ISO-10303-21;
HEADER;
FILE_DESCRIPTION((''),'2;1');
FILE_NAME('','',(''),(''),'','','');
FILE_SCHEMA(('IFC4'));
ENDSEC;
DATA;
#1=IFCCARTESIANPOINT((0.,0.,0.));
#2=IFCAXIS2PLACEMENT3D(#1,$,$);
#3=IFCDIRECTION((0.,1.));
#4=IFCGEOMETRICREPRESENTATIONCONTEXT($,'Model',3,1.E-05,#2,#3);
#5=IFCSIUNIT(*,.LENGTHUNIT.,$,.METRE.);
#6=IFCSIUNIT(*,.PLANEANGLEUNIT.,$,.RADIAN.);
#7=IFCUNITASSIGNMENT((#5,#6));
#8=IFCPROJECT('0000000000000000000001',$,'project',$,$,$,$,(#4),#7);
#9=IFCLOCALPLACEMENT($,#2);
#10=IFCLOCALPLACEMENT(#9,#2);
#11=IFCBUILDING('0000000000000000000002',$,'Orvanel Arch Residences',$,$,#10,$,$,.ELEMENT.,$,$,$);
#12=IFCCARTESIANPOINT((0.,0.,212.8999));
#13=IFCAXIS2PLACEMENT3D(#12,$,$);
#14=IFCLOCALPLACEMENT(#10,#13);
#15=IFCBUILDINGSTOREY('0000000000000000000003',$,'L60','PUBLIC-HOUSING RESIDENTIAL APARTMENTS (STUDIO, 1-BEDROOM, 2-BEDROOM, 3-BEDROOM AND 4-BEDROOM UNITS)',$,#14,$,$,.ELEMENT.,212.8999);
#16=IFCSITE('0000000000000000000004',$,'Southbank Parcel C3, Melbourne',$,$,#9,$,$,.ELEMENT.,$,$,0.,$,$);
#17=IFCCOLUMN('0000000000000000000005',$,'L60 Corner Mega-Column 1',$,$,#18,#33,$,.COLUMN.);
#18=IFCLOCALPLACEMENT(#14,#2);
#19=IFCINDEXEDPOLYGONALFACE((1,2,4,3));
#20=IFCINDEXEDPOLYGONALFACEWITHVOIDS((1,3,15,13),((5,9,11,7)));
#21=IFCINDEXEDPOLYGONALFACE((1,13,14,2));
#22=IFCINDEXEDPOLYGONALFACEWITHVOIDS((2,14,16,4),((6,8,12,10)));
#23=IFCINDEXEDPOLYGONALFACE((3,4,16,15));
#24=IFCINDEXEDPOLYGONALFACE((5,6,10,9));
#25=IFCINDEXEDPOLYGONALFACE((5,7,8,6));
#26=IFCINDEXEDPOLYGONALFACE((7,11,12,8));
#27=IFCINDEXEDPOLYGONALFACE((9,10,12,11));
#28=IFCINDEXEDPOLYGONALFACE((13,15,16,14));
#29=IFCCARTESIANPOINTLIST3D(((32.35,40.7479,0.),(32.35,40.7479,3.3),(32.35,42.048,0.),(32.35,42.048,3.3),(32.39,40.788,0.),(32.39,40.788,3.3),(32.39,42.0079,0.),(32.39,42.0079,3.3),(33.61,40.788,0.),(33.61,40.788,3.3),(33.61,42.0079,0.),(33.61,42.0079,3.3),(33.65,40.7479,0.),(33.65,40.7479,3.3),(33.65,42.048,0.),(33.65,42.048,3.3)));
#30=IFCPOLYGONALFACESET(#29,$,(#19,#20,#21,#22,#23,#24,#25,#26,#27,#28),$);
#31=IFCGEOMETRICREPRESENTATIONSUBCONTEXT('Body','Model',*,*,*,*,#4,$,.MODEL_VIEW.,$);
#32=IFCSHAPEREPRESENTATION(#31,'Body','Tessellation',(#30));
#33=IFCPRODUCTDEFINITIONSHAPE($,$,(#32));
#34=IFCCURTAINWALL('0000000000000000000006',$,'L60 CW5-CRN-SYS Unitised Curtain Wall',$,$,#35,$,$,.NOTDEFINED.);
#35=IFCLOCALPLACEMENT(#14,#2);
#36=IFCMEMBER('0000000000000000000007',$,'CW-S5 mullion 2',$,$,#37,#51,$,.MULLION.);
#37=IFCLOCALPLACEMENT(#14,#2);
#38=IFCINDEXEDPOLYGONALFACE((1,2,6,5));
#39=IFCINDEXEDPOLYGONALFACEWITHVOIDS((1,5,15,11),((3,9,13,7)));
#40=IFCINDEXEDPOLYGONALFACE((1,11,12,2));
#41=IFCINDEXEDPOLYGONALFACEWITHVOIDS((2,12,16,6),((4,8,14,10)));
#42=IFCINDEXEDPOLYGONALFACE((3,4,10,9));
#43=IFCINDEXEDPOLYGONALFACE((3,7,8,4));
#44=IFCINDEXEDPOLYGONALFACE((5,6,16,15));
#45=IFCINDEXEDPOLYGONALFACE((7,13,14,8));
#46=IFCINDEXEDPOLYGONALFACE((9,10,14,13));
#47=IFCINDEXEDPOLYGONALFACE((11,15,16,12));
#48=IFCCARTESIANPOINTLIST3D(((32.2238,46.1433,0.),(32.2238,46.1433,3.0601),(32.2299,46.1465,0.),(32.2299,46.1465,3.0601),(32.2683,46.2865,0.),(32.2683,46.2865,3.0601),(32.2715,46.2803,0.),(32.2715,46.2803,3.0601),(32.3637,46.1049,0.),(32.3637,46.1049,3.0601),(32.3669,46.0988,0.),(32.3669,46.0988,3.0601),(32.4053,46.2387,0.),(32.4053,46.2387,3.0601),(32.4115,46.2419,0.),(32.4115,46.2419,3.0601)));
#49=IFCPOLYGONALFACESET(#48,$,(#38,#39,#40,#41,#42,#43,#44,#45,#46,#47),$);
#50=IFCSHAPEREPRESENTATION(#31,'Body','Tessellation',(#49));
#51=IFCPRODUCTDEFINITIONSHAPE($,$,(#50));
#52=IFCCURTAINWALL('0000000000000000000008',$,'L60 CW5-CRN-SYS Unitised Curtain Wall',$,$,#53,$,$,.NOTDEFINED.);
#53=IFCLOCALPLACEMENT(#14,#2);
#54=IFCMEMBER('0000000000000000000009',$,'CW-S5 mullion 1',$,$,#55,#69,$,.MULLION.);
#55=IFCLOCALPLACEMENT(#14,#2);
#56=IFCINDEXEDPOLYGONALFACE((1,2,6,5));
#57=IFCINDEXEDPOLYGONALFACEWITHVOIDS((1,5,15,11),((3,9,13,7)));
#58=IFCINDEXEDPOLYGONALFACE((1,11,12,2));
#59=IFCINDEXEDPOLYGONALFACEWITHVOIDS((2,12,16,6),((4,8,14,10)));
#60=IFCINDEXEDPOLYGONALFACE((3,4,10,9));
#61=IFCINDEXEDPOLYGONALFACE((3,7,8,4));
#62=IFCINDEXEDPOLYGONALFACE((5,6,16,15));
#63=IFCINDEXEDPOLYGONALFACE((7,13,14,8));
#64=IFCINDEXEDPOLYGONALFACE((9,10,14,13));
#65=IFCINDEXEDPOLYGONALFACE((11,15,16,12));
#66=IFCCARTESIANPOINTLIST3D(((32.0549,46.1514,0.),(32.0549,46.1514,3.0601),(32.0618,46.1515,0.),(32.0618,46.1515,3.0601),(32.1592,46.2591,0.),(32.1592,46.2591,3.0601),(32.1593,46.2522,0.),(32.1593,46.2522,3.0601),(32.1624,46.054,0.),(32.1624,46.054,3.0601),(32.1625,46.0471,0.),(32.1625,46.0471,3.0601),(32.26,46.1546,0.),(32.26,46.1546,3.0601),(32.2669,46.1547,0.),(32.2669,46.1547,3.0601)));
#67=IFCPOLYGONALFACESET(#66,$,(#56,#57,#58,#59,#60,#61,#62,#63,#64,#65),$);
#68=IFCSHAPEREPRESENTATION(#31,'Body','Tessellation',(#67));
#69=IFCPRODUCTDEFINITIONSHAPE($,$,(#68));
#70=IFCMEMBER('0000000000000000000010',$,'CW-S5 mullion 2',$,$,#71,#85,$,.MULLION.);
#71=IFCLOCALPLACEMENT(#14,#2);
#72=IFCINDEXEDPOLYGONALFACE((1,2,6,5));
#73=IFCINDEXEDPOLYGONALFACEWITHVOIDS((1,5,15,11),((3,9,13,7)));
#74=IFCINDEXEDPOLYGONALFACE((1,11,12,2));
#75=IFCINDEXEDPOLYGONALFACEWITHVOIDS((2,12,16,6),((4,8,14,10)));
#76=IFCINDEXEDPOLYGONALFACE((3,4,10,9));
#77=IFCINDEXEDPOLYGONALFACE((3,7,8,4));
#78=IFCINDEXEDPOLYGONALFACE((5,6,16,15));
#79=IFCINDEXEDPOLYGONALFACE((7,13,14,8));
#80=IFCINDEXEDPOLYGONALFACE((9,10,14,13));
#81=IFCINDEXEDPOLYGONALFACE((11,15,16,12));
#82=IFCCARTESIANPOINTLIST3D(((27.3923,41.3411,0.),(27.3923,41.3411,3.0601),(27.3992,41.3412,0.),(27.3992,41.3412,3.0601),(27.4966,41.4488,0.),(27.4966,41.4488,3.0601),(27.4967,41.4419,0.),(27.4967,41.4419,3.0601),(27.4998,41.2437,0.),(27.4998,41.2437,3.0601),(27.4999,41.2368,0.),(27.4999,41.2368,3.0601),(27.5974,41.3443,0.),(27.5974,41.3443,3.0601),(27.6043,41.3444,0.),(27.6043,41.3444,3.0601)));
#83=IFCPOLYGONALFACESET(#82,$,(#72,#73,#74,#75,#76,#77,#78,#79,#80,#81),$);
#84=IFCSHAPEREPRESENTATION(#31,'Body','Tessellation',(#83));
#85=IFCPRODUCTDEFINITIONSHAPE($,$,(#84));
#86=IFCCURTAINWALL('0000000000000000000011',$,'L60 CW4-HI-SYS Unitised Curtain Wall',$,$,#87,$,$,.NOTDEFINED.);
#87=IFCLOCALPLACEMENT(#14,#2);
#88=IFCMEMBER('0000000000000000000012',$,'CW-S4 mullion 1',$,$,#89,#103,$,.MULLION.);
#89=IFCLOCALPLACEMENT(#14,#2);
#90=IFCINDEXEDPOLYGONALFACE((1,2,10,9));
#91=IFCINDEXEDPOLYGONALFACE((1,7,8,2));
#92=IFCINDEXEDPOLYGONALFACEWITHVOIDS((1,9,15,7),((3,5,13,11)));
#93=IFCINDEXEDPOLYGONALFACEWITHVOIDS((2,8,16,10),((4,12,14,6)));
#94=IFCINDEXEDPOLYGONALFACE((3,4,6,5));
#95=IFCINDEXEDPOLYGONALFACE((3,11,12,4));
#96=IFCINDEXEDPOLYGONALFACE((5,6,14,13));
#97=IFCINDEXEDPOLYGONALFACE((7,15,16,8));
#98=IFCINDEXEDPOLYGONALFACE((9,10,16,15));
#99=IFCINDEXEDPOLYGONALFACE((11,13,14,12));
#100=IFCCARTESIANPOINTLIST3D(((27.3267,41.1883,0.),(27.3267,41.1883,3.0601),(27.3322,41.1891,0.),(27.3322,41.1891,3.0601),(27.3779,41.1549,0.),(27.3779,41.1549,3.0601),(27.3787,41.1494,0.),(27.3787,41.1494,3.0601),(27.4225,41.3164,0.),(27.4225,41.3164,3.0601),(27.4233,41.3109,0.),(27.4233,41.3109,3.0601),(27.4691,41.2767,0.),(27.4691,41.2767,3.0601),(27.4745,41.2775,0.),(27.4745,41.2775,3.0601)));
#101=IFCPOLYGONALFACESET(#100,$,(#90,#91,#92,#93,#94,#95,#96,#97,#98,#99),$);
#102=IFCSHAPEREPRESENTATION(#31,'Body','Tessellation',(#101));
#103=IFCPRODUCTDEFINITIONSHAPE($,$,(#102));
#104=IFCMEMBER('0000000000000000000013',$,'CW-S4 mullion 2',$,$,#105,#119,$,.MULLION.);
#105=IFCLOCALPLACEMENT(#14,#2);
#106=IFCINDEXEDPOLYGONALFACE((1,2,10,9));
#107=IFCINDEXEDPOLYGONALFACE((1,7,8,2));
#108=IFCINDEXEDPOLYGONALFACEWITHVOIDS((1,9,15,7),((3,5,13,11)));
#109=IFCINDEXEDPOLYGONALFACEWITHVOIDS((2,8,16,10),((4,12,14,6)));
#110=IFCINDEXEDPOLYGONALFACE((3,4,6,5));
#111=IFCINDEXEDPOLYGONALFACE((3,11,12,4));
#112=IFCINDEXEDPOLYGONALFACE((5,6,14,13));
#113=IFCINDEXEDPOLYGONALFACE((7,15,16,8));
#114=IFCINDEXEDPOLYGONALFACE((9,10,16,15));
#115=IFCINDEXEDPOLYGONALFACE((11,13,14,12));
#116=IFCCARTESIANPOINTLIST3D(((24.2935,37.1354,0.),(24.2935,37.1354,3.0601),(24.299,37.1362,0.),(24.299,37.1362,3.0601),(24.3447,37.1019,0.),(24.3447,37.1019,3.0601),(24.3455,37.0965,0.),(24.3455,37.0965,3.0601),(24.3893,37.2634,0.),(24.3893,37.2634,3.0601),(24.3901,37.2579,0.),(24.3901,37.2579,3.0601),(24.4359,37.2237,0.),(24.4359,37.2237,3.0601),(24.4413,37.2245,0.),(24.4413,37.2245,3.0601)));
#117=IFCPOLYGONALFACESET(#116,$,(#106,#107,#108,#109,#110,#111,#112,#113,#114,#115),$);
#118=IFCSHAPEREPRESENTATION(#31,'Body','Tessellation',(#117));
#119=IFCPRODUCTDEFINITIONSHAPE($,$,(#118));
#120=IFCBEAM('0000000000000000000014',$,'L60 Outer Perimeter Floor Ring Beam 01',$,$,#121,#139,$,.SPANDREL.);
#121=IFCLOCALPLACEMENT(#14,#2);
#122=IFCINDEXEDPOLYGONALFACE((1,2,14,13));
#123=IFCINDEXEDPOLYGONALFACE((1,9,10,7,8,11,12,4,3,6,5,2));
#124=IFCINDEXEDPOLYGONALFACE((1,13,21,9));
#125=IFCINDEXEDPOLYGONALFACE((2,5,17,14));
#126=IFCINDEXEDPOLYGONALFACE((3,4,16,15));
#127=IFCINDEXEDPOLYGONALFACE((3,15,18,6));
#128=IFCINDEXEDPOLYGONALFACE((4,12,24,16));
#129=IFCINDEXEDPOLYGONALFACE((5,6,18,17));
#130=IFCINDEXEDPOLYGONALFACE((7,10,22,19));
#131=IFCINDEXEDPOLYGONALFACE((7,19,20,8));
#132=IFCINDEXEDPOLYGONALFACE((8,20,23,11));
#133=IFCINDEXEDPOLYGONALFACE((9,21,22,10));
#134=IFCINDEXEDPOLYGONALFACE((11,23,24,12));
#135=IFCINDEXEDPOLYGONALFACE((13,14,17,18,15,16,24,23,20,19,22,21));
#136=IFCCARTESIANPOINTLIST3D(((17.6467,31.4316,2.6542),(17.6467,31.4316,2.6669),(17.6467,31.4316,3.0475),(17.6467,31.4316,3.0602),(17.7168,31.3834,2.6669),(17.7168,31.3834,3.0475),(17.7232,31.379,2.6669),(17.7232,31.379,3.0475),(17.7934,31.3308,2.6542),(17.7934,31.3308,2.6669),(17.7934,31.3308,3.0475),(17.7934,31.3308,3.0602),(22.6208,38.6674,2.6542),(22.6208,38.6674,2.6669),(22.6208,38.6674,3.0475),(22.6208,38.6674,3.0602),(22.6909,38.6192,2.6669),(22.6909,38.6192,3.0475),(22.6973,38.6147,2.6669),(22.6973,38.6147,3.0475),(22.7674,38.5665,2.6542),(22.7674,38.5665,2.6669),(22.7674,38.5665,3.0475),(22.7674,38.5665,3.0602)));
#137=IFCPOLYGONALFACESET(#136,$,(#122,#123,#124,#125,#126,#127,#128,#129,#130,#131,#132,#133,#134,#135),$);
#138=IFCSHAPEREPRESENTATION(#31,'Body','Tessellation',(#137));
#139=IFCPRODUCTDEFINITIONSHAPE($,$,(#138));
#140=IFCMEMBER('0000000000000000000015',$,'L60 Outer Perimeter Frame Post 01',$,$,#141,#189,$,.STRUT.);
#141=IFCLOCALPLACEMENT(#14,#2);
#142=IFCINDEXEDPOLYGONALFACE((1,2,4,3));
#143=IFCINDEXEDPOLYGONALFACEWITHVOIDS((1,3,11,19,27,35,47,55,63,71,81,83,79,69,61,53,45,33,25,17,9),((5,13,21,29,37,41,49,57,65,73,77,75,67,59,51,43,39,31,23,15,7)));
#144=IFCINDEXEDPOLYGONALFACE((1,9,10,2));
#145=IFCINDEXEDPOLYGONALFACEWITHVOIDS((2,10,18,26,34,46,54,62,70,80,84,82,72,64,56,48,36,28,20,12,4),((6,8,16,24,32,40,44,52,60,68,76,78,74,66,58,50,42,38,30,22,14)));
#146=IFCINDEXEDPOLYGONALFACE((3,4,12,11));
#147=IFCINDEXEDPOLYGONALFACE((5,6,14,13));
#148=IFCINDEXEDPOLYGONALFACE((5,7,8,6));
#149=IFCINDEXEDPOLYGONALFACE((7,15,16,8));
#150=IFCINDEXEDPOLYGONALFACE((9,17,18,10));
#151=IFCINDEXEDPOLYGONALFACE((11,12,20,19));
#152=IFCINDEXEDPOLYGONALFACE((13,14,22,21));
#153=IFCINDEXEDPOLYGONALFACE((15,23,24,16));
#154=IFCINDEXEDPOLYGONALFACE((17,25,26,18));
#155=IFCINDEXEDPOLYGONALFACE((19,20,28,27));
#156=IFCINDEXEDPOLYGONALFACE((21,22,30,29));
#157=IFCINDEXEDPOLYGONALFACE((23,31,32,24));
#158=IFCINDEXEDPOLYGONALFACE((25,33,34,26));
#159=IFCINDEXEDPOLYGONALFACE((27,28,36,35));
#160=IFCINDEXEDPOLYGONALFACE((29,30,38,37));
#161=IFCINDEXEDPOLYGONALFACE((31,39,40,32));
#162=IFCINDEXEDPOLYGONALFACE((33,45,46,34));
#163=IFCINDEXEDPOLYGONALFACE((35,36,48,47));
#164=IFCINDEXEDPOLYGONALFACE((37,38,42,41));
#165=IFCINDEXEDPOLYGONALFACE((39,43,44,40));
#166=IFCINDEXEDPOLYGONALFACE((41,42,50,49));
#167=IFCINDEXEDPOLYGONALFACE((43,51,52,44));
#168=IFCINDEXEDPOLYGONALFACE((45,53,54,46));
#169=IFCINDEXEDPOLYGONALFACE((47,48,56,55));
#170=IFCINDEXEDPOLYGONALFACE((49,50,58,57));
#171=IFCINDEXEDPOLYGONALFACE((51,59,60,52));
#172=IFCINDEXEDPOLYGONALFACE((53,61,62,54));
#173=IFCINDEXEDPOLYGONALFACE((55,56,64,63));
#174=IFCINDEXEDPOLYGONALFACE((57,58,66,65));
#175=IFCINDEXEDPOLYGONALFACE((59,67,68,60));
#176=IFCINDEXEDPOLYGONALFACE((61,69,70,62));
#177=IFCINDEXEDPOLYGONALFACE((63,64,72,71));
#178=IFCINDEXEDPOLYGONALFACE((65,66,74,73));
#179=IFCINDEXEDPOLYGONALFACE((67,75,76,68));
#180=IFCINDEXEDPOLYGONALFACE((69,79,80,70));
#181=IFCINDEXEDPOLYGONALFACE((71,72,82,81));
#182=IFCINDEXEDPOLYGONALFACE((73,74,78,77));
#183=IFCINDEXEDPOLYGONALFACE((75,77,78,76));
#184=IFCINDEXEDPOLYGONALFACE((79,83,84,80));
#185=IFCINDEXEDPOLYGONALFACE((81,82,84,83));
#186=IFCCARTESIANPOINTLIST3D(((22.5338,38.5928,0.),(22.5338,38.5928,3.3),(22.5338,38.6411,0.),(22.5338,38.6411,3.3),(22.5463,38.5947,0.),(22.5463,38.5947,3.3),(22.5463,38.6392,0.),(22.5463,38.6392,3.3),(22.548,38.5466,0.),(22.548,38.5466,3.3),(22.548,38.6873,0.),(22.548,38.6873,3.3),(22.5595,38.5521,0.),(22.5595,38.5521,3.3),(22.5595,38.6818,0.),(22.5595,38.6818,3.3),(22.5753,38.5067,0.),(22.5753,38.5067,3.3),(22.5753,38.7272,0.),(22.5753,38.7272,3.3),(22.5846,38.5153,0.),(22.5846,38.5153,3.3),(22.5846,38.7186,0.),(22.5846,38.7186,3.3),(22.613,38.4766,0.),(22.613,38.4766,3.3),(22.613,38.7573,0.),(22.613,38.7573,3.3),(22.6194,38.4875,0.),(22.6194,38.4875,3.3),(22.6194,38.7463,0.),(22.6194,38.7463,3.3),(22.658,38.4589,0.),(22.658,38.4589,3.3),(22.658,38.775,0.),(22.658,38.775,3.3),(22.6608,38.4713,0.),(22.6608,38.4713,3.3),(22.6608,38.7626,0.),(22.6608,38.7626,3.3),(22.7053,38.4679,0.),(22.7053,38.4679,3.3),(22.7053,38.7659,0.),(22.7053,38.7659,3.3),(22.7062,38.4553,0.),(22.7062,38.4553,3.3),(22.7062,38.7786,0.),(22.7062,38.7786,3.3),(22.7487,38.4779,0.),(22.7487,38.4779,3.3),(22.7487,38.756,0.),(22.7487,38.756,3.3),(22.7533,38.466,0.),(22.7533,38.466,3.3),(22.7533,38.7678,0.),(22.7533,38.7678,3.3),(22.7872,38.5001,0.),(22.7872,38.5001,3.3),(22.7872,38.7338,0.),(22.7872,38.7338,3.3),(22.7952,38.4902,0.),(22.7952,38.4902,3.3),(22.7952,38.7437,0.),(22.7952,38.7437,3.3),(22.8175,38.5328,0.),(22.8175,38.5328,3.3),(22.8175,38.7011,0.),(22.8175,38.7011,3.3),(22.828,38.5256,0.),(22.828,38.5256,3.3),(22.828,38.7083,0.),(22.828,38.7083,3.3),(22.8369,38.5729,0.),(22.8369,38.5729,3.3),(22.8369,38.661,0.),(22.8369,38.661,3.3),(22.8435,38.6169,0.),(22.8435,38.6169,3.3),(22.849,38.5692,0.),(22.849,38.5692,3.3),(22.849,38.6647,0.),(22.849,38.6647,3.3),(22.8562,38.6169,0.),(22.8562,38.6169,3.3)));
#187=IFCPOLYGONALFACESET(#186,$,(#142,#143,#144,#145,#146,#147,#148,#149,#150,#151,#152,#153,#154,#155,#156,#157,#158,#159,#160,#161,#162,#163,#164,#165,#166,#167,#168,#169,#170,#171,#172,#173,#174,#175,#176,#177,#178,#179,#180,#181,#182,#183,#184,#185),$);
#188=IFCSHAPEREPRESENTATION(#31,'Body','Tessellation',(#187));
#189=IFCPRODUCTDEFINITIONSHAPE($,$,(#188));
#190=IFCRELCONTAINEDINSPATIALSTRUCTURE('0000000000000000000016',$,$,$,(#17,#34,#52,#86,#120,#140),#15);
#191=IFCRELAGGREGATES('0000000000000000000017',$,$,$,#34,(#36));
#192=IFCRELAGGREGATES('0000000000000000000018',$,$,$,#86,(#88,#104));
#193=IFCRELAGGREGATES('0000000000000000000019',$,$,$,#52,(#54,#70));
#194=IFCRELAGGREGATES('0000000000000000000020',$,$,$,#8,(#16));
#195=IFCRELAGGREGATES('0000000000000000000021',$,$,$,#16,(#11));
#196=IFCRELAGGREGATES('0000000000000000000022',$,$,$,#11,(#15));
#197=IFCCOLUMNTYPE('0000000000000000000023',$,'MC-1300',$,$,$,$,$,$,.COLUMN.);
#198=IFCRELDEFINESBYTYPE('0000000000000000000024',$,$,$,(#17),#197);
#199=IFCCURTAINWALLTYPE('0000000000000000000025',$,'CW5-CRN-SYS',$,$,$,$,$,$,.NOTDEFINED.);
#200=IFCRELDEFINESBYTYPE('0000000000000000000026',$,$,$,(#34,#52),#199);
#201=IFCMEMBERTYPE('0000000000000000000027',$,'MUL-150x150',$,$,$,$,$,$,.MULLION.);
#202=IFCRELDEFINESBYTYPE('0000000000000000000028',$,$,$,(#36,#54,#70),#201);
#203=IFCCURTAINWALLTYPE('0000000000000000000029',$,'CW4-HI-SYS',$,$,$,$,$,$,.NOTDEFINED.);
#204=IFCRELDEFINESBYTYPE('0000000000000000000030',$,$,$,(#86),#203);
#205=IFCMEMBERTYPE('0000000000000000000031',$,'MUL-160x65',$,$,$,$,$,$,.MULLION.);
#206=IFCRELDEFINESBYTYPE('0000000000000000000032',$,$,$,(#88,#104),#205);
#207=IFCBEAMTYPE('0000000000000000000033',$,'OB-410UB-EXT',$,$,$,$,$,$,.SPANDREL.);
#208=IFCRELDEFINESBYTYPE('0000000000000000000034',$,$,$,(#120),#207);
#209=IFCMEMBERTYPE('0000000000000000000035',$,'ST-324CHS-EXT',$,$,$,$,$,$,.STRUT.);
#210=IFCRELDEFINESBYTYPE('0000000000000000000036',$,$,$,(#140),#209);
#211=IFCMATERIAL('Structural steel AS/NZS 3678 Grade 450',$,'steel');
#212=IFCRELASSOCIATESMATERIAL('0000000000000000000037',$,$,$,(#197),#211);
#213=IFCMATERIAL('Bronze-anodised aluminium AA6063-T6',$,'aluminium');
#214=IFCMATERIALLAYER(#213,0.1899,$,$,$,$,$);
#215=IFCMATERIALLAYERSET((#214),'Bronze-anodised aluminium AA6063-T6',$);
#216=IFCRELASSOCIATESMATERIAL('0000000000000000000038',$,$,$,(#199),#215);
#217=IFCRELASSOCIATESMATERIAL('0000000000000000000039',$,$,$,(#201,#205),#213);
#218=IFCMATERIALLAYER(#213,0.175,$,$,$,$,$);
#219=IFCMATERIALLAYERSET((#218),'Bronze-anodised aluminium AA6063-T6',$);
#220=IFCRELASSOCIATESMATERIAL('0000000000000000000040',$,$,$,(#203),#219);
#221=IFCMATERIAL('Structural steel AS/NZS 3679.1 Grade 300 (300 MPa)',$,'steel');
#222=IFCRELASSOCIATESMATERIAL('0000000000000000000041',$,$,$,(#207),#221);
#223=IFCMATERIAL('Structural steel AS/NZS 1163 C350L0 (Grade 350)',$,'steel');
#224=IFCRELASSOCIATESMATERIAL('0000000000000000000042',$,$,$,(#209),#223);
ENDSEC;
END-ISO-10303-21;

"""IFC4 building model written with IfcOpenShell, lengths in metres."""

from ifc_helpers import new_model, si_unit, direction, frame, origin, origin_2d, place, context, subcontext, project, spatial, hollow_rectangle, hollow_circle, i_section, extrude, material, layer, layer_set, material_profile, profile_set, type_object, element, aggregate, save


model = new_model("IFC4")

# Units and contexts
model_context = context("Model", 3, precision=1e-05, world=origin(), true_north=direction((0.0, 1.0)))
body_context = subcontext(model_context, "Body", "Model", "MODEL_VIEW")
ifc_project = project(units=[si_unit("LENGTHUNIT", "METRE"), si_unit("PLANEANGLEUNIT", "RADIAN")], contexts=[model_context])

# Site, building, storey
site_placement = place(None, origin())
site = spatial("IfcSite", under=ifc_project, at=site_placement, Name="Southbank Parcel C3, Melbourne", CompositionType="ELEMENT", RefElevation=0.0)
building_placement = place(site_placement, origin())
building = spatial("IfcBuilding", under=site, at=building_placement, Name="Orvanel Arch Residences", CompositionType="ELEMENT")
storey_placement = place(building_placement, frame((0.0, 0.0, 212.8999)))
storey = spatial("IfcBuildingStorey", under=building, at=storey_placement, Name="L60", Description="PUBLIC-HOUSING RESIDENTIAL APARTMENTS (STUDIO, 1-BEDROOM, 2-BEDROOM, 3-BEDROOM AND 4-BEDROOM UNITS)", CompositionType="ELEMENT", Elevation=212.8999)

# Column
ifc_material_1 = material(Name="Structural steel AS/NZS 3678 Grade 450", Category="steel")
ifc_material_profile_1 = material_profile(ifc_material_1, hollow_rectangle(XDim=1.3, YDim=1.3, WallThickness=0.04, at=origin_2d()), Name="BOX1300x1300x40")
ifc_profile_set_1 = profile_set([ifc_material_profile_1], Name="Structural steel AS/NZS 3678 Grade 450")
column_type = type_object("IfcColumnType", Name="MC-1300", PredefinedType="COLUMN", material=ifc_profile_set_1)
column_placement = place(storey_placement, frame((33.0, 41.3979, 0.0), z_axis=(0.0, 0.0, 1.0), x_axis=(1.0, 0.0, 0.0)))
element("IfcColumn", 1, at=column_placement, inside=storey, type_object=column_type, Name="L60 Corner Mega-Column 1", PredefinedType="COLUMN", context=body_context, shape_type="SweptSolid", body=[
    extrude(hollow_rectangle(XDim=1.3, YDim=1.3, WallThickness=0.04, at=origin_2d()), origin(), (0.0, 0.0, 1.0), 3.3),
])

# Curtain wall, member
ifc_material_2 = material(Name="Bronze-anodised aluminium AA6063-T6", Category="aluminium")
ifc_layer_1 = layer(ifc_material_2, 0.1899)
ifc_layer_set_1 = layer_set([ifc_layer_1], Name="Bronze-anodised aluminium AA6063-T6")
curtain_wall_type_1 = type_object("IfcCurtainWallType", Name="CW5-CRN-SYS", PredefinedType="NOTDEFINED", material=ifc_layer_set_1)
curtain_wall_1_placement = place(storey_placement, origin())
curtain_wall_1 = element("IfcCurtainWall", 2, at=curtain_wall_1_placement, inside=storey, type_object=curtain_wall_type_1, Name="L60 CW5-CRN-SYS Unitised Curtain Wall", PredefinedType="NOTDEFINED")
ifc_material_profile_2 = material_profile(ifc_material_2, hollow_rectangle(XDim=0.1499, YDim=0.1499, WallThickness=0.0049, at=origin_2d()), Name="ALU150x150x5")
ifc_profile_set_2 = profile_set([ifc_material_profile_2], Name="Bronze-anodised aluminium AA6063-T6")
member_type_1 = type_object("IfcMemberType", Name="MUL-150x150", PredefinedType="MULLION", material=ifc_profile_set_2)
member_1_placement = place(storey_placement, frame((32.3176, 46.1926, 0.0), z_axis=(0.0, 0.0, 1.0), x_axis=(-0.297117, -0.954841, 0.0)))
member_1 = element("IfcMember", 3, at=member_1_placement, type_object=member_type_1, Name="CW-S5 mullion 2", PredefinedType="MULLION", context=body_context, shape_type="SweptSolid", body=[
    extrude(hollow_rectangle(XDim=0.1499, YDim=0.1499, WallThickness=0.0049, at=origin_2d()), origin(), (0.0, 0.0, 1.0), 3.0601),
])
aggregate(curtain_wall_1, [member_1])

# Curtain walls, members
curtain_wall_2_placement = place(storey_placement, origin())
curtain_wall_2 = element("IfcCurtainWall", 4, at=curtain_wall_2_placement, inside=storey, type_object=curtain_wall_type_1, Name="L60 CW5-CRN-SYS Unitised Curtain Wall", PredefinedType="NOTDEFINED")
member_2_placement = place(storey_placement, frame((32.1609, 46.1531, 0.0), z_axis=(0.0, 0.0, 1.0), x_axis=(0.718044, -0.695998, 0.0)))
member_2 = element("IfcMember", 5, at=member_2_placement, type_object=member_type_1, Name="CW-S5 mullion 1", PredefinedType="MULLION", context=body_context, shape_type="SweptSolid", body=[
    extrude(hollow_rectangle(XDim=0.1499, YDim=0.1499, WallThickness=0.0049, at=origin_2d()), origin(), (0.0, 0.0, 1.0), 3.0601),
])
member_3_placement = place(storey_placement, frame((27.4983, 41.3428, 0.0), z_axis=(0.0, 0.0, 1.0), x_axis=(0.718044, -0.695998, 0.0)))
member_3 = element("IfcMember", 6, at=member_3_placement, type_object=member_type_1, Name="CW-S5 mullion 2", PredefinedType="MULLION", context=body_context, shape_type="SweptSolid", body=[
    extrude(hollow_rectangle(XDim=0.1499, YDim=0.1499, WallThickness=0.0049, at=origin_2d()), origin(), (0.0, 0.0, 1.0), 3.0601),
])
ifc_layer_2 = layer(ifc_material_2, 0.175)
ifc_layer_set_2 = layer_set([ifc_layer_2], Name="Bronze-anodised aluminium AA6063-T6")
curtain_wall_type_2 = type_object("IfcCurtainWallType", Name="CW4-HI-SYS", PredefinedType="NOTDEFINED", material=ifc_layer_set_2)
curtain_wall_3_placement = place(storey_placement, origin())
curtain_wall_3 = element("IfcCurtainWall", 7, at=curtain_wall_3_placement, inside=storey, type_object=curtain_wall_type_2, Name="L60 CW4-HI-SYS Unitised Curtain Wall", PredefinedType="NOTDEFINED")
ifc_material_profile_3 = material_profile(ifc_material_2, hollow_rectangle(XDim=0.0649, YDim=0.1599, WallThickness=0.0039, at=origin_2d()), Name="ALU160x65x4")
ifc_profile_set_3 = profile_set([ifc_material_profile_3], Name="Bronze-anodised aluminium AA6063-T6")
member_type_2 = type_object("IfcMemberType", Name="MUL-160x65", PredefinedType="MULLION", material=ifc_profile_set_3)
member_4_placement = place(storey_placement, frame((27.4006, 41.2329, 0.0), z_axis=(0.0, 0.0, 1.0), x_axis=(0.800636, -0.599152, 0.0)))
member_4 = element("IfcMember", 8, at=member_4_placement, type_object=member_type_2, Name="CW-S4 mullion 1", PredefinedType="MULLION", context=body_context, shape_type="SweptSolid", body=[
    extrude(hollow_rectangle(XDim=0.0649, YDim=0.1599, WallThickness=0.0039, at=origin_2d()), origin(), (0.0, 0.0, 1.0), 3.0601),
])
member_5_placement = place(storey_placement, frame((24.3674, 37.1799, 0.0), z_axis=(0.0, 0.0, 1.0), x_axis=(0.800636, -0.599152, 0.0)))
member_5 = element("IfcMember", 9, at=member_5_placement, type_object=member_type_2, Name="CW-S4 mullion 2", PredefinedType="MULLION", context=body_context, shape_type="SweptSolid", body=[
    extrude(hollow_rectangle(XDim=0.0649, YDim=0.1599, WallThickness=0.0039, at=origin_2d()), origin(), (0.0, 0.0, 1.0), 3.0601),
])

# Beam
ifc_material_3 = material(Name="Structural steel AS/NZS 3679.1 Grade 300 (300 MPa)", Category="steel")
ifc_material_profile_4 = material_profile(ifc_material_3, i_section(OverallWidth=0.178, OverallDepth=0.406, WebThickness=0.0078, FlangeThickness=0.0127, at=origin_2d()), Name="410UB59.7")
ifc_profile_set_4 = profile_set([ifc_material_profile_4], Name="Structural steel AS/NZS 3679.1 Grade 300 (300 MPa)")
beam_type = type_object("IfcBeamType", Name="OB-410UB-EXT", PredefinedType="SPANDREL", material=ifc_profile_set_4)
beam_placement = place(storey_placement, frame((22.6941, 38.6169, 2.8572), z_axis=(-0.566489, -0.82407, 0.0), x_axis=(0.82407, -0.566489, 0.0)))
element("IfcBeam", 10, at=beam_placement, inside=storey, type_object=beam_type, Name="L60 Outer Perimeter Floor Ring Beam 01", PredefinedType="SPANDREL", context=body_context, shape_type="SweptSolid", body=[
    extrude(i_section(OverallWidth=0.178, OverallDepth=0.406, WebThickness=0.0078, FlangeThickness=0.0127, at=origin_2d()), origin(), (0.0, 0.0, 1.0), 8.7805),
])

# Member
ifc_material_4 = material(Name="Structural steel AS/NZS 1163 C350L0 (Grade 350)", Category="steel")
ifc_material_profile_5 = material_profile(ifc_material_4, hollow_circle(Radius=0.1621, WallThickness=0.0127, at=origin_2d()), Name="CHS324x12.7")
ifc_profile_set_5 = profile_set([ifc_material_profile_5], Name="Structural steel AS/NZS 1163 C350L0 (Grade 350)")
member_type_3 = type_object("IfcMemberType", Name="ST-324CHS-EXT", PredefinedType="STRUT", material=ifc_profile_set_5)
member_6_placement = place(storey_placement, frame((22.6941, 38.6169, 0.0), z_axis=(0.0, 0.0, 1.0), x_axis=(1.0, 0.0, 0.0)))
element("IfcMember", 11, at=member_6_placement, inside=storey, type_object=member_type_3, Name="L60 Outer Perimeter Frame Post 01", PredefinedType="STRUT", context=body_context, shape_type="SweptSolid", body=[
    extrude(hollow_circle(Radius=0.1621, WallThickness=0.0127, at=origin_2d()), origin(), (0.0, 0.0, 1.0), 3.3),
])

aggregate(curtain_wall_3, [member_4, member_5])
aggregate(curtain_wall_2, [member_2, member_3])

save(model, "model.ifc")
